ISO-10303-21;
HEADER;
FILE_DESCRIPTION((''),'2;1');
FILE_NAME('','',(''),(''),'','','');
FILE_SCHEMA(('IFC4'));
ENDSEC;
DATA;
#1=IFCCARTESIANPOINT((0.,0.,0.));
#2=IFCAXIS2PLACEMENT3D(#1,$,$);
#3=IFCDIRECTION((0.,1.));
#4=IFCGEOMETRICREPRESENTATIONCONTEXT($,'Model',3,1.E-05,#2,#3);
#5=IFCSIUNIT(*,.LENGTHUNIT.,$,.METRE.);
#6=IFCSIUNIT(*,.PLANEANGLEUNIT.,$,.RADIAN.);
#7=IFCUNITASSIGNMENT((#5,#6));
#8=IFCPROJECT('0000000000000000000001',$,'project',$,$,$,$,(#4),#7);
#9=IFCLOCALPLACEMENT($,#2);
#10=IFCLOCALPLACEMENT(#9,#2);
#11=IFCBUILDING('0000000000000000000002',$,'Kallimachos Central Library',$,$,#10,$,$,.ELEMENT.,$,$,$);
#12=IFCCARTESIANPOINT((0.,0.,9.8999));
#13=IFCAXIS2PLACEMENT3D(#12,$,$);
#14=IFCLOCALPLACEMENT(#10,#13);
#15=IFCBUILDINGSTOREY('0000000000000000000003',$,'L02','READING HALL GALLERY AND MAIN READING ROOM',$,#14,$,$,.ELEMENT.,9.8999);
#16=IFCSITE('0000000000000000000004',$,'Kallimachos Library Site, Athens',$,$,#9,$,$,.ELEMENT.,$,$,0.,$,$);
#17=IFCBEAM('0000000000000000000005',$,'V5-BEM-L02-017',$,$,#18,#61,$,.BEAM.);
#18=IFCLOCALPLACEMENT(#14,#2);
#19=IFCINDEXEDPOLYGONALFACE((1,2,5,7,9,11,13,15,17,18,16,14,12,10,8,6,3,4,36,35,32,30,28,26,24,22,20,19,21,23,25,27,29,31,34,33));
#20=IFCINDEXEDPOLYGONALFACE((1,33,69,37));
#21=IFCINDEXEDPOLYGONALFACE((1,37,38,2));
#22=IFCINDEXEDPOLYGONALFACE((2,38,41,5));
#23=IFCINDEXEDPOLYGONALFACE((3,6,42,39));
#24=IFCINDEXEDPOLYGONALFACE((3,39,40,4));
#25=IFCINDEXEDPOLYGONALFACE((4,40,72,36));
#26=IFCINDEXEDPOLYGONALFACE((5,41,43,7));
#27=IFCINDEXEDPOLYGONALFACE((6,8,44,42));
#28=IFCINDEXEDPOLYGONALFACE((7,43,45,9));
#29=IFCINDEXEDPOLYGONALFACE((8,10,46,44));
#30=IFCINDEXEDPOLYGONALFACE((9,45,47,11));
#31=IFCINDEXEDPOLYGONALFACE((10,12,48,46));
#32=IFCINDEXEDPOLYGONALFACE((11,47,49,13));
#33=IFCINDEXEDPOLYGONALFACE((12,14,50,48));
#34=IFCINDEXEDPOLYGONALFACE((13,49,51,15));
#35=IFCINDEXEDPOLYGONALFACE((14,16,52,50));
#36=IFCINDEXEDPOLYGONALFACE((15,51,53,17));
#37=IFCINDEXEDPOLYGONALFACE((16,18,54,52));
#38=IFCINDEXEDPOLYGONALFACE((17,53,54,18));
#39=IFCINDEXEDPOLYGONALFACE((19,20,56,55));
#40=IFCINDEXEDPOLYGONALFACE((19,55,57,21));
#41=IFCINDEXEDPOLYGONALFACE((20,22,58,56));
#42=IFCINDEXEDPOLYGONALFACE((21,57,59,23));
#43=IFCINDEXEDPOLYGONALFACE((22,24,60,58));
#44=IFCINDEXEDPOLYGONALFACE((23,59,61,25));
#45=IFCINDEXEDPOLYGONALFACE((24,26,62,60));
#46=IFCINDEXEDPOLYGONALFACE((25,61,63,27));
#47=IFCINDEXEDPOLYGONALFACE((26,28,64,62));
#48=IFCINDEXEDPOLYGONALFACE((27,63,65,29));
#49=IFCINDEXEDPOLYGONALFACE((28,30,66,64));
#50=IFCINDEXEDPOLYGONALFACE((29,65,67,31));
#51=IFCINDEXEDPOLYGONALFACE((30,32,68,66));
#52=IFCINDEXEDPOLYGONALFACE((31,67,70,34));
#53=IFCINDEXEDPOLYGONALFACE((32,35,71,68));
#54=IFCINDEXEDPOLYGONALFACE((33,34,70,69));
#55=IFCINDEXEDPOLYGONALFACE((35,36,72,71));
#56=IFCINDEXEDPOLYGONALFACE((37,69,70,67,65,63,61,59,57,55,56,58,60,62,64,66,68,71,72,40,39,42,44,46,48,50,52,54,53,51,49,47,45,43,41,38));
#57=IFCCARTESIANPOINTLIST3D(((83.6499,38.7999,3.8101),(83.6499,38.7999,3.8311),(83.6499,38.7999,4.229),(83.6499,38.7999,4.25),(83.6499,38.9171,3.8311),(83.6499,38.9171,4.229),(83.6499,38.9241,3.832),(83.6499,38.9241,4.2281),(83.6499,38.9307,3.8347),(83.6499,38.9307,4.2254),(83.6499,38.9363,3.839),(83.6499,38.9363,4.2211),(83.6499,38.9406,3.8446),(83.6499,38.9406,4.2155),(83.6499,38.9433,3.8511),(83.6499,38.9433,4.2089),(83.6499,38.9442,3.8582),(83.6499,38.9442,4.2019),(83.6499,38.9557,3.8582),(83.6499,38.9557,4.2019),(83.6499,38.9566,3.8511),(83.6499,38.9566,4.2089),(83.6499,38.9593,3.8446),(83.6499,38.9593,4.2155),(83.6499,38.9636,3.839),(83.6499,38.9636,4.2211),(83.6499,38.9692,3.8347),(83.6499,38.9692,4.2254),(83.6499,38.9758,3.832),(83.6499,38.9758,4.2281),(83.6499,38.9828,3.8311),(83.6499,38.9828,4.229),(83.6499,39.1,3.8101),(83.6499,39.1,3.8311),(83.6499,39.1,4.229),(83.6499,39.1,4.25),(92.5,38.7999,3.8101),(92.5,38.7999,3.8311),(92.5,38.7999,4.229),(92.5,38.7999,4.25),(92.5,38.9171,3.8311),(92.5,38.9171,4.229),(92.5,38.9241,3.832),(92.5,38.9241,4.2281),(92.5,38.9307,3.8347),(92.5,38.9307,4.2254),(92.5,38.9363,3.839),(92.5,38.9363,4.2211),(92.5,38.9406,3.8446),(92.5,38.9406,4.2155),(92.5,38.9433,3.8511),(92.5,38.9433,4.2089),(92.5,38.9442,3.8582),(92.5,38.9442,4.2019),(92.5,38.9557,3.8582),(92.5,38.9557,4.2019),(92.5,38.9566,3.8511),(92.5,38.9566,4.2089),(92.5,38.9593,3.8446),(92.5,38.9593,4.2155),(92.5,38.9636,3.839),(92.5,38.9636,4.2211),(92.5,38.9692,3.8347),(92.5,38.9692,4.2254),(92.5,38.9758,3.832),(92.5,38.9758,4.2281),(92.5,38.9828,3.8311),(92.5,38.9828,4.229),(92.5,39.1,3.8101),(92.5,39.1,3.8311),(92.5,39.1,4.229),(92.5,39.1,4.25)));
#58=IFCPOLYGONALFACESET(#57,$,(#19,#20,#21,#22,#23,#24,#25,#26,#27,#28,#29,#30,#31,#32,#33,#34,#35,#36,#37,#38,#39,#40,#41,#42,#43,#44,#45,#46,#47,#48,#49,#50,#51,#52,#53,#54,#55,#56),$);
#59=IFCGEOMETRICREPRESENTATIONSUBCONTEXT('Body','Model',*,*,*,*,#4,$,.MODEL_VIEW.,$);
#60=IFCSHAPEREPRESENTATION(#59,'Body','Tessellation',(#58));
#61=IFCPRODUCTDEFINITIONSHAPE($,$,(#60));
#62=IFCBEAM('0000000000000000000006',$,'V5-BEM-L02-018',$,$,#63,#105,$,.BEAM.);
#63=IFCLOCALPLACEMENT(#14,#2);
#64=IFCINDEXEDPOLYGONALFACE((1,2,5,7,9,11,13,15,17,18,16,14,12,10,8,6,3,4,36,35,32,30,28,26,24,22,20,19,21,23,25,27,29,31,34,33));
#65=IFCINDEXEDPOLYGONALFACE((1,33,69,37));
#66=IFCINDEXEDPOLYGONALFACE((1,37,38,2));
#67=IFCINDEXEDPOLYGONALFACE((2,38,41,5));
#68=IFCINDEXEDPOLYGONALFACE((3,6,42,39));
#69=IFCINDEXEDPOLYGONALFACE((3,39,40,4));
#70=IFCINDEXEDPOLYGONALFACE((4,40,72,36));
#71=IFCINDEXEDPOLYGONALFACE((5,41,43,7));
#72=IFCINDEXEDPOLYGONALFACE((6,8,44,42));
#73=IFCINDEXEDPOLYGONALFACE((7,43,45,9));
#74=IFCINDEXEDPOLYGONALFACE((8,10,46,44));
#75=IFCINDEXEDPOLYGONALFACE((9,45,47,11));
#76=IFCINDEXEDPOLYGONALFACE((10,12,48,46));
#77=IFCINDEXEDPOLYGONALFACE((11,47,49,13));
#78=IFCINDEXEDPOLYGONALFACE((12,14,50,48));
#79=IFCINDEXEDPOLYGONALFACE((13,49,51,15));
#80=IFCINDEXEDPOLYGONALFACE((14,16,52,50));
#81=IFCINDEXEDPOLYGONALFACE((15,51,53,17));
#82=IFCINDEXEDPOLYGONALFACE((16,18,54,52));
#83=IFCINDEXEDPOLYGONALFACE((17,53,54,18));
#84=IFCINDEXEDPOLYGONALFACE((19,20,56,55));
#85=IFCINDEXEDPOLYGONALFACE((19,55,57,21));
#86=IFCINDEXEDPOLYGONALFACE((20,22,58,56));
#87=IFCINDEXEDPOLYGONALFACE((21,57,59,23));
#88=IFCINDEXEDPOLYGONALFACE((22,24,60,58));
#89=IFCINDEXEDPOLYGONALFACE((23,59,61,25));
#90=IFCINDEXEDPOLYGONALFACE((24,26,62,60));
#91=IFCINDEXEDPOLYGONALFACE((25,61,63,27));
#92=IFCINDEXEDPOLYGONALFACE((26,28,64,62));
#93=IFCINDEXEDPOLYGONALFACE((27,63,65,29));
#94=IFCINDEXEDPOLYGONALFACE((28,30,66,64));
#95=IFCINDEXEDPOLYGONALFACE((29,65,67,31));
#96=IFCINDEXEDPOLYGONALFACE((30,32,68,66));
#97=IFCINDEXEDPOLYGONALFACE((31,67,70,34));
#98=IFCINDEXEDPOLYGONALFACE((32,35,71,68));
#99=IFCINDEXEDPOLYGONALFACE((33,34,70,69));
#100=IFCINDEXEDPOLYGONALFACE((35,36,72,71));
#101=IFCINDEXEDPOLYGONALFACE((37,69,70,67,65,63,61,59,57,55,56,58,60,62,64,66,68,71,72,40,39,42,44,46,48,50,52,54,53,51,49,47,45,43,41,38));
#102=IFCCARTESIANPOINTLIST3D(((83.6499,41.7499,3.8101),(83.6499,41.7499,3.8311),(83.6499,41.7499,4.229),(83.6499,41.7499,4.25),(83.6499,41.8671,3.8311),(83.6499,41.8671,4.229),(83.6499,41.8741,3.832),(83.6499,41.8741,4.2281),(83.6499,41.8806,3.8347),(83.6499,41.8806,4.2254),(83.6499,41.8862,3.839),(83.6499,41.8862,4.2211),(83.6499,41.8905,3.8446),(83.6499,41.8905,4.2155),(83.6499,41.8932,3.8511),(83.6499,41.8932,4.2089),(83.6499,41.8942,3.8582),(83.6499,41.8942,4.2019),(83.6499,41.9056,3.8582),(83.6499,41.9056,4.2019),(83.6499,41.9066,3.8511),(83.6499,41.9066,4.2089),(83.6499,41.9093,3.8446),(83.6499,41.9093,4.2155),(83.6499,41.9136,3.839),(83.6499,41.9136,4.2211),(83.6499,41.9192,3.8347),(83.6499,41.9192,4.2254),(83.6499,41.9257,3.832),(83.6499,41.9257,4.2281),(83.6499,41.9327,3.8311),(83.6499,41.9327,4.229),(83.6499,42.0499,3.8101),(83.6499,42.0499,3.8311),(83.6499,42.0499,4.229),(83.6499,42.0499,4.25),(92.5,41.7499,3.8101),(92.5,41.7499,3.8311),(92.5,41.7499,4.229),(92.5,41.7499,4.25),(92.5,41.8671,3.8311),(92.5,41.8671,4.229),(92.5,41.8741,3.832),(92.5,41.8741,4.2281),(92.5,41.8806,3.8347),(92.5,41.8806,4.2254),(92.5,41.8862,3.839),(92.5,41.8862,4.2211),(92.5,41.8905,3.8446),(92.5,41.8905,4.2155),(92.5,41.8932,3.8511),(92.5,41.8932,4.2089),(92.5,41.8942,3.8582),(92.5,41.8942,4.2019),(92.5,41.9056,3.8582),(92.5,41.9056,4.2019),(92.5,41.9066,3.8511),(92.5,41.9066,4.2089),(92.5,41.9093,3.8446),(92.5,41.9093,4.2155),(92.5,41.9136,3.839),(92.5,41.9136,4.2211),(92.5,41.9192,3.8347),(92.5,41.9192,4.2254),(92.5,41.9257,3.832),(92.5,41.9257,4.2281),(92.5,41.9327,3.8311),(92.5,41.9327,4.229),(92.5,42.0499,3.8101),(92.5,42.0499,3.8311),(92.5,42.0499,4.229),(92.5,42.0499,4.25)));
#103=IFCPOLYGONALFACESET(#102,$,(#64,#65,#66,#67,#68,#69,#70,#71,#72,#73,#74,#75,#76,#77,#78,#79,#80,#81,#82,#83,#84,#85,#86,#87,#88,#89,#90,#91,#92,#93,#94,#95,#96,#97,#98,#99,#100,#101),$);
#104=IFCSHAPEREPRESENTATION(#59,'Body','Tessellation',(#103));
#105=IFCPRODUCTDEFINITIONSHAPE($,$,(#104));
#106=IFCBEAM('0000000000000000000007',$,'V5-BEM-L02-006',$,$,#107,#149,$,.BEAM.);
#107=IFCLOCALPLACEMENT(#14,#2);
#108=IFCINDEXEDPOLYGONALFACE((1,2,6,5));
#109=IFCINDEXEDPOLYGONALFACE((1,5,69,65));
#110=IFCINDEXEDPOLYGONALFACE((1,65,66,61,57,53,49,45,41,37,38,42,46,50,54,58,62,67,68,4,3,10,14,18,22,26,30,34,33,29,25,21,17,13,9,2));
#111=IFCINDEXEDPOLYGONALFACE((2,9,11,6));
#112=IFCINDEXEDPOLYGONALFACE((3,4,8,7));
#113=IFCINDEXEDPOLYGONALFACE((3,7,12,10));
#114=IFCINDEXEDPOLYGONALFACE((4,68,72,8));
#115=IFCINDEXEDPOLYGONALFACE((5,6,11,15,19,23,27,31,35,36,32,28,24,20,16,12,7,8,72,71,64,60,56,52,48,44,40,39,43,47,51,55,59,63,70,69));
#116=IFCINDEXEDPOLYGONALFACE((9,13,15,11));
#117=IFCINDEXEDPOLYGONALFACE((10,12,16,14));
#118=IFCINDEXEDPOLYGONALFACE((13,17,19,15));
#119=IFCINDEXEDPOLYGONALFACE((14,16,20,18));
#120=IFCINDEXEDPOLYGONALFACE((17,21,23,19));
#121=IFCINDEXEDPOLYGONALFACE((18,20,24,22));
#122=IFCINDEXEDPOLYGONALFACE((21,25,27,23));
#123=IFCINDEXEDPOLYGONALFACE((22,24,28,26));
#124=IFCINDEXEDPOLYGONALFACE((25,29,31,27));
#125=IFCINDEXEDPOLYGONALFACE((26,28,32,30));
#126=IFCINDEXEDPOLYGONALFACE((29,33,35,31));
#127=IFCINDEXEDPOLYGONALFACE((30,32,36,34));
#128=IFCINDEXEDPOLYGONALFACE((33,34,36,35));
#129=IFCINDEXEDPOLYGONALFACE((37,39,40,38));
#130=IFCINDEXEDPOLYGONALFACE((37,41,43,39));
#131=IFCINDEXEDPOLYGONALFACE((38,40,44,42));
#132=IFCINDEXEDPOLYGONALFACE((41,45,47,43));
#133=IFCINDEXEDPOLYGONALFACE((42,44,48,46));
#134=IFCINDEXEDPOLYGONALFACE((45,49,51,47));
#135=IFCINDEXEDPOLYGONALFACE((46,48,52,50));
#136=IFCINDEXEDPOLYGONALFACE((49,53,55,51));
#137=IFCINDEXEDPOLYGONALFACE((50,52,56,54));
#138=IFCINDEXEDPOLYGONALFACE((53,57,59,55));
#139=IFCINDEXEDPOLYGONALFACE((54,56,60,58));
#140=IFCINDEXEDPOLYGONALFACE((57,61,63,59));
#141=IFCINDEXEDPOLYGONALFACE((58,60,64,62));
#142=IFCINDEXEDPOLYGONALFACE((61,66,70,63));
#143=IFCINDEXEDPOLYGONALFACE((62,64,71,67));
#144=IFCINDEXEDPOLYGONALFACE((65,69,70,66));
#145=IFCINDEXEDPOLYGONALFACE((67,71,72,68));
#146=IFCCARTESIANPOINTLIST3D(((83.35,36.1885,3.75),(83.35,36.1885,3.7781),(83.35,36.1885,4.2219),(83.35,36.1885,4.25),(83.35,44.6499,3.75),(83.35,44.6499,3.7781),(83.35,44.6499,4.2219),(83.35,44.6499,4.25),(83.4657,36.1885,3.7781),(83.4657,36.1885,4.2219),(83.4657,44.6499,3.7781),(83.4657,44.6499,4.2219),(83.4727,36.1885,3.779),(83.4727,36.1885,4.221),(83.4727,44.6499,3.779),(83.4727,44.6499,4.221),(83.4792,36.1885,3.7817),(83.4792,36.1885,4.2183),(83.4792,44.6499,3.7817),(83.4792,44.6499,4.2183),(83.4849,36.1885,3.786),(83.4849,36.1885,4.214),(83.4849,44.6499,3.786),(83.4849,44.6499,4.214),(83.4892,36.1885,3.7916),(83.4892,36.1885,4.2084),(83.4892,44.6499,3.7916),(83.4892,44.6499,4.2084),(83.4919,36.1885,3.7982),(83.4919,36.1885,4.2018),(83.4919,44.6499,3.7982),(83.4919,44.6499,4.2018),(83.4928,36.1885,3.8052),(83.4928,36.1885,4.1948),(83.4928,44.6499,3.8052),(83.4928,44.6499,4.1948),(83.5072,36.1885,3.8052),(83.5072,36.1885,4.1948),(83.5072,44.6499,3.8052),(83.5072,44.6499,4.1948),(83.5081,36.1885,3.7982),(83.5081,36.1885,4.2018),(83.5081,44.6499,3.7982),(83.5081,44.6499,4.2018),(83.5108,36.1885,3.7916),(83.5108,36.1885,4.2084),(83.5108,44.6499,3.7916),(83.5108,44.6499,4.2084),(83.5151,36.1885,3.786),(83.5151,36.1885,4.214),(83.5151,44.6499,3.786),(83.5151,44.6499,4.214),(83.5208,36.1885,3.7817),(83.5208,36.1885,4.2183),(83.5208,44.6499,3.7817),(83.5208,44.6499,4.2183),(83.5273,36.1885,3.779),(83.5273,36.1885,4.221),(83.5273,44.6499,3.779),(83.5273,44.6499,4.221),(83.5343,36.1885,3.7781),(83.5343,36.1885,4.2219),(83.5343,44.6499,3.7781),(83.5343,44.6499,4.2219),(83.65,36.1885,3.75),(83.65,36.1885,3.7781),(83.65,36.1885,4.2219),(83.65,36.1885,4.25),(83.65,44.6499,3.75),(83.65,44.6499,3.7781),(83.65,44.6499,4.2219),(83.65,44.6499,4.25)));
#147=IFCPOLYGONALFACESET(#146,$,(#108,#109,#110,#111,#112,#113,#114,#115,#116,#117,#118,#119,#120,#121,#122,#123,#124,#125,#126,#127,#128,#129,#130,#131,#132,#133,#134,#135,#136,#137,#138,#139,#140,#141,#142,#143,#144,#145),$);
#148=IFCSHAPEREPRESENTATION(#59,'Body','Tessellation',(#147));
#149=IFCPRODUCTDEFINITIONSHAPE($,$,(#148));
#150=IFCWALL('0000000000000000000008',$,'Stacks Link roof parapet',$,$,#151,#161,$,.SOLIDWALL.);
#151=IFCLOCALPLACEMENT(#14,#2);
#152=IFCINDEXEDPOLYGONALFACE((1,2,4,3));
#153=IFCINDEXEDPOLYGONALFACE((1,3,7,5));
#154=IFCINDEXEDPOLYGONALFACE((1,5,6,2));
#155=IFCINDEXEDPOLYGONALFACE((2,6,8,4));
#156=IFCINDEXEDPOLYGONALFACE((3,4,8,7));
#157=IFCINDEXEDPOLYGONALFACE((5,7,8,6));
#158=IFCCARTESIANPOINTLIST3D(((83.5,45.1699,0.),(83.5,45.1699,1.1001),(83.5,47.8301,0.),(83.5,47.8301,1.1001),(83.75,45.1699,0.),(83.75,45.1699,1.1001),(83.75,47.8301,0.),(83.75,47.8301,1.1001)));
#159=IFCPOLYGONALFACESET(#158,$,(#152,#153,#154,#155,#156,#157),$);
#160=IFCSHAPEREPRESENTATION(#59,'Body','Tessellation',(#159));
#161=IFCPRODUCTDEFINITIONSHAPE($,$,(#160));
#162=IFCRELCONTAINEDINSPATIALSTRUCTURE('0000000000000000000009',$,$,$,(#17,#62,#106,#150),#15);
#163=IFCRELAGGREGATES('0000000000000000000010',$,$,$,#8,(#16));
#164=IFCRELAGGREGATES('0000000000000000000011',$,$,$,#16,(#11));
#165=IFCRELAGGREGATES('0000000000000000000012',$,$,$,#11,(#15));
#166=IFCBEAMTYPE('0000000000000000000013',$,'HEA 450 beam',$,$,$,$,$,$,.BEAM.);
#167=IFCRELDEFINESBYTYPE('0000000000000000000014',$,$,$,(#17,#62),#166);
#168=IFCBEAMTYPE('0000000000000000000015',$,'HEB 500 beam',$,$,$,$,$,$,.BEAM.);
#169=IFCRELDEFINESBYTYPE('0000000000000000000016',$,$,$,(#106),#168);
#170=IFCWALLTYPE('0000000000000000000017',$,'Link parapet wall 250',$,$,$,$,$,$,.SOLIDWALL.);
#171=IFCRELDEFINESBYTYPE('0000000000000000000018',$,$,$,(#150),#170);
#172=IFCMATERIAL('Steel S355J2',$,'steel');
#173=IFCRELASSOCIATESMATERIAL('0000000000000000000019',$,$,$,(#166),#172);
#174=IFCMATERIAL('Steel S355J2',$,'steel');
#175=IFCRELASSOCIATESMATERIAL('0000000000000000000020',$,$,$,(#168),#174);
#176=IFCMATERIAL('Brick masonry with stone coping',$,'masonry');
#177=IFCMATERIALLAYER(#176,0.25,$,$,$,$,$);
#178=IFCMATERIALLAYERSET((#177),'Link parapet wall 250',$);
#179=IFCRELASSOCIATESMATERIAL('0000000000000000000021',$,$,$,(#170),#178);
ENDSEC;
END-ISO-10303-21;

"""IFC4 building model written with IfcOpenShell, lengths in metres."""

from ifc_helpers import new_model, si_unit, direction, frame, frame_2d, origin, origin_2d, place, context, subcontext, project, spatial, rectangle, i_section, extrude, material, layer, layer_set, material_profile, profile_set, type_object, element, save


model = new_model("IFC4")

# Units and contexts
model_context = context("Model", 3, precision=1e-05, world=origin(), true_north=direction((0.0, 1.0)))
body_context = subcontext(model_context, "Body", "Model", "MODEL_VIEW")
ifc_project = project(units=[si_unit("LENGTHUNIT", "METRE"), si_unit("PLANEANGLEUNIT", "RADIAN")], contexts=[model_context])

# Site, building, storey
site_placement = place(None, origin())
site = spatial("IfcSite", under=ifc_project, at=site_placement, Name="Kallimachos Library Site, Athens", CompositionType="ELEMENT", RefElevation=0.0)
building_placement = place(site_placement, origin())
building = spatial("IfcBuilding", under=site, at=building_placement, Name="Kallimachos Central Library", CompositionType="ELEMENT")
storey_placement = place(building_placement, frame((0.0, 0.0, 9.8999)))
storey = spatial("IfcBuildingStorey", under=building, at=storey_placement, Name="L02", Description="READING HALL GALLERY AND MAIN READING ROOM", CompositionType="ELEMENT", Elevation=9.8999)

# Beams
ifc_material_1 = material(Name="Steel S355J2", Category="steel")
ifc_material_profile_1 = material_profile(ifc_material_1, i_section(OverallWidth=0.3, OverallDepth=0.4399, WebThickness=0.0115, FlangeThickness=0.021, FilletRadius=0.0271, at=origin_2d()), Name="HEA 450")
ifc_profile_set_1 = profile_set([ifc_material_profile_1], Name="Steel S355J2")
beam_type_1 = type_object("IfcBeamType", Name="HEA 450 beam", PredefinedType="BEAM", material=ifc_profile_set_1)
for number, where, z_axis, x_axis, name in (
    (1, (83.6499, 38.95, 4.03), (1.0, 0.0, 0.0), (0.0, 1.0, 0.0), "V5-BEM-L02-017"),
    (2, (83.6499, 41.8999, 4.03), (1.0, 0.0, 0.0), (0.0, 1.0, 0.0), "V5-BEM-L02-018"),
):
    element("IfcBeam", number, at=place(storey_placement, frame(where, z_axis=z_axis, x_axis=x_axis)), inside=storey, type_object=beam_type_1, Name=name, PredefinedType="BEAM", context=body_context, shape_type="SweptSolid", body=[
        extrude(i_section(OverallWidth=0.3, OverallDepth=0.4399, WebThickness=0.0115, FlangeThickness=0.021, FilletRadius=0.0271, at=origin_2d()), origin(), (0.0, 0.0, 1.0), 8.8501),
    ])
ifc_material_2 = material(Name="Steel S355J2", Category="steel")
ifc_material_profile_2 = material_profile(ifc_material_2, i_section(OverallWidth=0.3, OverallDepth=0.5, WebThickness=0.0144, FlangeThickness=0.0281, FilletRadius=0.0271, at=origin_2d()), Name="HEB 500")
ifc_profile_set_2 = profile_set([ifc_material_profile_2], Name="Steel S355J2")
beam_type_2 = type_object("IfcBeamType", Name="HEB 500 beam", PredefinedType="BEAM", material=ifc_profile_set_2)
beam_1_placement = place(storey_placement, frame((83.5, 36.1885, 4.0), z_axis=(0.0, 1.0, 0.0), x_axis=(-1.0, 0.0, 0.0)))
element("IfcBeam", 3, at=beam_1_placement, inside=storey, type_object=beam_type_2, Name="V5-BEM-L02-006", PredefinedType="BEAM", context=body_context, shape_type="SweptSolid", body=[
    extrude(i_section(OverallWidth=0.3, OverallDepth=0.5, WebThickness=0.0144, FlangeThickness=0.0281, FilletRadius=0.0271, at=origin_2d()), origin(), (0.0, 0.0, 1.0), 8.4614),
])

# Wall
ifc_material_3 = material(Name="Brick masonry with stone coping", Category="masonry")
ifc_layer_1 = layer(ifc_material_3, 0.25)
ifc_layer_set_1 = layer_set([ifc_layer_1], Name="Link parapet wall 250")
wall_type_1 = type_object("IfcWallType", Name="Link parapet wall 250", PredefinedType="SOLIDWALL", material=ifc_layer_set_1)
wall_1_placement = place(storey_placement, frame((83.625, 45.1699, 0.0), z_axis=(0.0, 0.0, 1.0), x_axis=(0.0, 1.0, 0.0)))
element("IfcWall", 4, at=wall_1_placement, inside=storey, type_object=wall_type_1, Name="Stacks Link roof parapet", PredefinedType="SOLIDWALL", context=body_context, shape_type="SweptSolid", body=[
    extrude(rectangle(XDim=2.6602, YDim=0.25, at=frame_2d((1.3301, 0.0))), origin(), (0.0, 0.0, 1.0), 1.1001),
])

save(model, "model.ifc")
